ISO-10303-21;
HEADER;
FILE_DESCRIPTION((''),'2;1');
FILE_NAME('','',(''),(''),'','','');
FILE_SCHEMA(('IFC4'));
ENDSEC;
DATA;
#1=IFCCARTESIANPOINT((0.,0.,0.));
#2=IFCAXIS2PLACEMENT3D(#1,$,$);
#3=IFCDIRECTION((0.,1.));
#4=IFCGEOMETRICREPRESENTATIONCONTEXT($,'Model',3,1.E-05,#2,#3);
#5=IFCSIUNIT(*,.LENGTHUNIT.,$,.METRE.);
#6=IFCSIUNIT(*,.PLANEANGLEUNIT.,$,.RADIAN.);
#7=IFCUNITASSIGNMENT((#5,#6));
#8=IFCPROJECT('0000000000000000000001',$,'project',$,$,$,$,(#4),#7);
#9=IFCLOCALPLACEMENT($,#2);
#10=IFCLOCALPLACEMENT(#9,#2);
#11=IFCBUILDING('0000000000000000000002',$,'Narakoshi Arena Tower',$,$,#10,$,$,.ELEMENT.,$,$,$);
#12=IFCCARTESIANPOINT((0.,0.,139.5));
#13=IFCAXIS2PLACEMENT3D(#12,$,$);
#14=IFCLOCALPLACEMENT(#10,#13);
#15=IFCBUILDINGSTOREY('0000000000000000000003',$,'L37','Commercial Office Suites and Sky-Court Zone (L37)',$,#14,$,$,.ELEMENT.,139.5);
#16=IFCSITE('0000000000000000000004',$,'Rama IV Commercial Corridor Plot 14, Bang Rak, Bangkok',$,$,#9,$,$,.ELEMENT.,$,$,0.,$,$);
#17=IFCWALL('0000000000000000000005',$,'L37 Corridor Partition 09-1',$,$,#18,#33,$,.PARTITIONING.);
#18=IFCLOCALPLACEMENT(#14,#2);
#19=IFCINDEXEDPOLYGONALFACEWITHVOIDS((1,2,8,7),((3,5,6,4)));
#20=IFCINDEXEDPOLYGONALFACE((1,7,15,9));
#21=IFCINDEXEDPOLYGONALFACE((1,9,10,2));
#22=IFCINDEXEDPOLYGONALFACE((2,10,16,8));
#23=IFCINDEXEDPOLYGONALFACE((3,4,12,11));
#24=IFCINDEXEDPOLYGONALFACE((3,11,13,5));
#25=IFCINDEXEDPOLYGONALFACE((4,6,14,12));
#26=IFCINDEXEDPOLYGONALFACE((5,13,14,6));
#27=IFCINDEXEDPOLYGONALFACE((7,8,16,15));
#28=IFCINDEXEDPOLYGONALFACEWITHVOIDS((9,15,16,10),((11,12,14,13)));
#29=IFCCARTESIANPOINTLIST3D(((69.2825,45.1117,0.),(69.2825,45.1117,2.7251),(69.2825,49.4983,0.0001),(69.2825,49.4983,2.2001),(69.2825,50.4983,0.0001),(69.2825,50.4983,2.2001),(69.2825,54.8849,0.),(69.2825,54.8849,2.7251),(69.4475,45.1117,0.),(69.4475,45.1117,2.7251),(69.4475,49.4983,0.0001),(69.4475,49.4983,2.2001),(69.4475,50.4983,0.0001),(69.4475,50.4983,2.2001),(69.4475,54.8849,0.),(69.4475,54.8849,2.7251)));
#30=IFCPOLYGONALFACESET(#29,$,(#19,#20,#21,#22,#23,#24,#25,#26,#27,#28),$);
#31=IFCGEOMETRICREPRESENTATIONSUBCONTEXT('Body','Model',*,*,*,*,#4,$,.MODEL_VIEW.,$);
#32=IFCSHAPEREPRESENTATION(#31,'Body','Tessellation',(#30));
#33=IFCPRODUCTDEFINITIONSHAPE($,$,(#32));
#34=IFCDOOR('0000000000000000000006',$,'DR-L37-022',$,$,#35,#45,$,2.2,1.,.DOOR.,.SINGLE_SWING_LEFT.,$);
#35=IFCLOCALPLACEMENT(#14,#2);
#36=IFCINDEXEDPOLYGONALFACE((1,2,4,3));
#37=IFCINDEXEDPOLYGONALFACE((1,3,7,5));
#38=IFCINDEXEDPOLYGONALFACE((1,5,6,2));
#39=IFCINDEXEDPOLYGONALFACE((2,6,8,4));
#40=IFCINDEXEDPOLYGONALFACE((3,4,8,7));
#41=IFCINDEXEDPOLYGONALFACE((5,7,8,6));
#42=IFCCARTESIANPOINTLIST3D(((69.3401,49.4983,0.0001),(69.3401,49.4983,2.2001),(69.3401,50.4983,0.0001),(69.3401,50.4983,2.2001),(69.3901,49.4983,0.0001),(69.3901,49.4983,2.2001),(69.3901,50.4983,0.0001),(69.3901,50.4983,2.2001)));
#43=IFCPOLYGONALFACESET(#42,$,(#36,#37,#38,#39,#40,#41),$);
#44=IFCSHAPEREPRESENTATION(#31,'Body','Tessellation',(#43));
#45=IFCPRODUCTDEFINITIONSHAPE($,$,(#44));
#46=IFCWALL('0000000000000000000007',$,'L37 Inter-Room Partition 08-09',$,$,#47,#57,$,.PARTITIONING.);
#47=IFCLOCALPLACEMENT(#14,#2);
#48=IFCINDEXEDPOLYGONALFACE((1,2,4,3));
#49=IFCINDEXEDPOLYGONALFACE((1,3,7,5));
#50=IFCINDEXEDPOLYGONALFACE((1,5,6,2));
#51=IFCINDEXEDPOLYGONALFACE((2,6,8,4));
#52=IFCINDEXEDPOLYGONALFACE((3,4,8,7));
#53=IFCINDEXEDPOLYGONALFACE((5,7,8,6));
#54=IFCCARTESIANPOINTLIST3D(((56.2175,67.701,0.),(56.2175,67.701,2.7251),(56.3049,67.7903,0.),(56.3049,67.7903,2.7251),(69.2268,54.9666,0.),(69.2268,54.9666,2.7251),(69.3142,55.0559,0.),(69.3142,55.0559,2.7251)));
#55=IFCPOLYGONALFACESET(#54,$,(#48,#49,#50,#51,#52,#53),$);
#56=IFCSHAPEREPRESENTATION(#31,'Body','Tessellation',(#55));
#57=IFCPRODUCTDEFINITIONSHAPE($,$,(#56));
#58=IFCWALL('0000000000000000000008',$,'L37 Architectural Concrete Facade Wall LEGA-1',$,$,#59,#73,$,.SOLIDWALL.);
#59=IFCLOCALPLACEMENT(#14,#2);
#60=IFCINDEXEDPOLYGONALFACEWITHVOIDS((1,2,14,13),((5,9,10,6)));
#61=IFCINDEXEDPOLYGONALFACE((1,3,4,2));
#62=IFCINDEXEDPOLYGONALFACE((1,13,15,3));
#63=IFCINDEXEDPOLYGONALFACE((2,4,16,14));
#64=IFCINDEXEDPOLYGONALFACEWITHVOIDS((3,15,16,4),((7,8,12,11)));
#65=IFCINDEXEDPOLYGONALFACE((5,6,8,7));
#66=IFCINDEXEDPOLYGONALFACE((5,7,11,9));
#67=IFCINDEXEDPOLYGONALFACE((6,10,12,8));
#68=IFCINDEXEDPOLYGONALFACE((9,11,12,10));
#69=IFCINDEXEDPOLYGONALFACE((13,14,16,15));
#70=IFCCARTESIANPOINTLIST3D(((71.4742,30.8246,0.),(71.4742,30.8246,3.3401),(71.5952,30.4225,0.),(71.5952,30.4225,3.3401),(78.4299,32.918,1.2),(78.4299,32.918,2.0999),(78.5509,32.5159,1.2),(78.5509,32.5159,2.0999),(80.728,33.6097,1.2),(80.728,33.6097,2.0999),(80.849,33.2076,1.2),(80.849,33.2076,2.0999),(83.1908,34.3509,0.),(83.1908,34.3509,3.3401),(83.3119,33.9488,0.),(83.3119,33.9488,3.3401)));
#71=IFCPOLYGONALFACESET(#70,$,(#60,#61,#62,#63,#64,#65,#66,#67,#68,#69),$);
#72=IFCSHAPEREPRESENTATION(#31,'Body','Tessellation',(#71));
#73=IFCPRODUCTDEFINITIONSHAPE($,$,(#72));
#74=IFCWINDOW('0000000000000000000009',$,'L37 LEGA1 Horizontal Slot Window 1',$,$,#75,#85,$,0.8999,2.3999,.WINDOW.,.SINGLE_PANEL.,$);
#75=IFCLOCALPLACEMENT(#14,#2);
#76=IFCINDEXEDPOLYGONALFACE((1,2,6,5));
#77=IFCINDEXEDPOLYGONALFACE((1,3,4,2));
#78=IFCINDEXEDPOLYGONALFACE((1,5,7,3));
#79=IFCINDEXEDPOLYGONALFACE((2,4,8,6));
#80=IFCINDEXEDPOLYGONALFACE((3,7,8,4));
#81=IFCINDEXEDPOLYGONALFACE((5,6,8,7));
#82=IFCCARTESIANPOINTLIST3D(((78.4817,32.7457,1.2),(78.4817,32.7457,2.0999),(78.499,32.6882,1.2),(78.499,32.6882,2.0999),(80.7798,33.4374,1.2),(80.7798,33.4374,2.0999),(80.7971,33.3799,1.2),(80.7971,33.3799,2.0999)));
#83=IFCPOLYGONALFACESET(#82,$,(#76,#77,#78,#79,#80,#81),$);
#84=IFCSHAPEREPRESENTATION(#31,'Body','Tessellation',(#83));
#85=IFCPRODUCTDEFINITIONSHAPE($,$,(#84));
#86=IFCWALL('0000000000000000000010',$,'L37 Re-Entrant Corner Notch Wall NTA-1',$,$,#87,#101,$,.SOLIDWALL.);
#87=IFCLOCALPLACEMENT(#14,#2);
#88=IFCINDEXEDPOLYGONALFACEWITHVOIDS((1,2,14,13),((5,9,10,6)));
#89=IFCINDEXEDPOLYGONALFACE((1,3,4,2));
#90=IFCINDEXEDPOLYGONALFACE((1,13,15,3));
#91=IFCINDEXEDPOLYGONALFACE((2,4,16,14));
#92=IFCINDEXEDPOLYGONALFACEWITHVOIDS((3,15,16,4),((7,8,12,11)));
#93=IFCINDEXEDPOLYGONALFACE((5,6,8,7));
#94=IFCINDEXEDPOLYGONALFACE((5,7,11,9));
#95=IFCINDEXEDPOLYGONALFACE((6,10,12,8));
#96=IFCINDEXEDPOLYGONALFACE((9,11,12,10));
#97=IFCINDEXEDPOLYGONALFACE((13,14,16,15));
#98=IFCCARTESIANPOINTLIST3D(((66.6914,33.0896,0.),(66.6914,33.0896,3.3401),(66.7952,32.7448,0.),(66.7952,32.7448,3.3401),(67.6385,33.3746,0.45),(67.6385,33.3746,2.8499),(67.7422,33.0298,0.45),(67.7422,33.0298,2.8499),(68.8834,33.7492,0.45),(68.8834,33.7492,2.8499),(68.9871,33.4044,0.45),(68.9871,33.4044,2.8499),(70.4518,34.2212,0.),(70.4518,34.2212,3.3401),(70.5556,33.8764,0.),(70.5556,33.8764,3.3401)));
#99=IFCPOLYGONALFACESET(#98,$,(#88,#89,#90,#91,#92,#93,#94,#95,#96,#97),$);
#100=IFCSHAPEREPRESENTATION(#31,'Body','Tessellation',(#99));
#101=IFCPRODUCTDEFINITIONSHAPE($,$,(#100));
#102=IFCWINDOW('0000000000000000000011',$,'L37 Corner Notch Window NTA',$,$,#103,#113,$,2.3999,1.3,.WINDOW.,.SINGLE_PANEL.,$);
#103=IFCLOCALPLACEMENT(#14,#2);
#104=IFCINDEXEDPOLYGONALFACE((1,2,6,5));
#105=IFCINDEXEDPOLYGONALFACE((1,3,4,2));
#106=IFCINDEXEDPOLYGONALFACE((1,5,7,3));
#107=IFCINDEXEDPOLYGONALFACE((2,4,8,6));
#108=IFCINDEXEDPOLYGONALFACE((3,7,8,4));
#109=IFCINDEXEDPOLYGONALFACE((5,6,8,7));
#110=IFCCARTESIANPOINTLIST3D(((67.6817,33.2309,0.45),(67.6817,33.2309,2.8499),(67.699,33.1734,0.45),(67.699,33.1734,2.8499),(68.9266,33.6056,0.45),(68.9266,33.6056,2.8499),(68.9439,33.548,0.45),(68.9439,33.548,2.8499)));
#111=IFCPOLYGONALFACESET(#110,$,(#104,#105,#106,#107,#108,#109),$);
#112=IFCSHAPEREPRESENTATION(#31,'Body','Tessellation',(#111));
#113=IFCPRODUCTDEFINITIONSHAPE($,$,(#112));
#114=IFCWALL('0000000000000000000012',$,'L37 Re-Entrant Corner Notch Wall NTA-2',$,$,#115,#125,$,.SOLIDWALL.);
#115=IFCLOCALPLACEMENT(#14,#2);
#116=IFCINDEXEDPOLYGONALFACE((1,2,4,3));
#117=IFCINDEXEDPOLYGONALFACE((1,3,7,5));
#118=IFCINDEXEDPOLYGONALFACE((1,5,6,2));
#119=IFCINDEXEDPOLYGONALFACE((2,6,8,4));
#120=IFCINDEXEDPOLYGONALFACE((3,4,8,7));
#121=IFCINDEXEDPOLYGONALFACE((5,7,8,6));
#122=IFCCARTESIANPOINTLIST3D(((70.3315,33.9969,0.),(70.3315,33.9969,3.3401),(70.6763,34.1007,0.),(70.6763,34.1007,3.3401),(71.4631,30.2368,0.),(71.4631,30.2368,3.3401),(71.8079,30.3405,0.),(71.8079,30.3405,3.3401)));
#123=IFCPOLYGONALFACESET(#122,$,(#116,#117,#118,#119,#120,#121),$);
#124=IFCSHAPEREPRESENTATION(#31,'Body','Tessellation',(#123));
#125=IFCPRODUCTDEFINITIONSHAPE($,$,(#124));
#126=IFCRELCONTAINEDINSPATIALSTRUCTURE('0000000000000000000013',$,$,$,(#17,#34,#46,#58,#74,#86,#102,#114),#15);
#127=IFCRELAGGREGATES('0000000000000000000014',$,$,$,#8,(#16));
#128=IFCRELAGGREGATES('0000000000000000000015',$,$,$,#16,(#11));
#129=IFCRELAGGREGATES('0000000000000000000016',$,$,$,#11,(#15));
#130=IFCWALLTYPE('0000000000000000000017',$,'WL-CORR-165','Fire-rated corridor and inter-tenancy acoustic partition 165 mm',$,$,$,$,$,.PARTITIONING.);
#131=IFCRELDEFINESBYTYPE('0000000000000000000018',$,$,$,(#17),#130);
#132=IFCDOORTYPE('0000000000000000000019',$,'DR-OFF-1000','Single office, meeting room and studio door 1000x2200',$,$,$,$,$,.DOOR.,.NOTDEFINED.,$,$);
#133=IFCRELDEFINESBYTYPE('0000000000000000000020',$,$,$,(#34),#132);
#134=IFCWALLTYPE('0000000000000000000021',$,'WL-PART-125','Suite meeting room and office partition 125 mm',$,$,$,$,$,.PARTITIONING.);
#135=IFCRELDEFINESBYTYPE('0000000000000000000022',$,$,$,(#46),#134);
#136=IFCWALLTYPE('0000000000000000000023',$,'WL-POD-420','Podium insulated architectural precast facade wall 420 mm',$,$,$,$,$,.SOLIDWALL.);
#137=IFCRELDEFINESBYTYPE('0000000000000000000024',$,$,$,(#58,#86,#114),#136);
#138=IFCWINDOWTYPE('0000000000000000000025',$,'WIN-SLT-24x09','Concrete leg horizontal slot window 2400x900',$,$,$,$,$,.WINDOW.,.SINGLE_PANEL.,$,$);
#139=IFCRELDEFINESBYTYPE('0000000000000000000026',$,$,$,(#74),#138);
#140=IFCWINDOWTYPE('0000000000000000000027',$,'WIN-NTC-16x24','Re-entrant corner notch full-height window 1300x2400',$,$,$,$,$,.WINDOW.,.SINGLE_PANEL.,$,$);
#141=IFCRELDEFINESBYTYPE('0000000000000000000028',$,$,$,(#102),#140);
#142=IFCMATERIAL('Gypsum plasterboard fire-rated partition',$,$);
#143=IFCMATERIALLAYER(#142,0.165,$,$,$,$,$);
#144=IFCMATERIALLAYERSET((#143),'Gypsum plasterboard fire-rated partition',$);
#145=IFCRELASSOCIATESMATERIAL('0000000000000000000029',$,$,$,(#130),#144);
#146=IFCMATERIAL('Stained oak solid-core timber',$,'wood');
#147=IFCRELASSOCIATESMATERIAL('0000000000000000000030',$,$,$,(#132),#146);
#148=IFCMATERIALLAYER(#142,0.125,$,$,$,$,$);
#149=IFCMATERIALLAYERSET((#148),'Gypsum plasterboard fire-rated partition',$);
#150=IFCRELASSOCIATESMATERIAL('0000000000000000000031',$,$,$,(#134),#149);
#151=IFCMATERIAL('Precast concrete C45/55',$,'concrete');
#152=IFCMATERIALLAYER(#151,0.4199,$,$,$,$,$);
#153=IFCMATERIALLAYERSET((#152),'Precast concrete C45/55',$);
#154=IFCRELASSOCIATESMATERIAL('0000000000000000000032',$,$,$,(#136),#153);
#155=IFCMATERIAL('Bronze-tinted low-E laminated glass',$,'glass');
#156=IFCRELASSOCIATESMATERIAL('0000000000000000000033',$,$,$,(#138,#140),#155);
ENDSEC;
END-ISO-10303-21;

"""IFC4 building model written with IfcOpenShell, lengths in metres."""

from ifc_helpers import new_model, si_unit, direction, frame, frame_2d, origin, place, context, subcontext, project, spatial, rectangle, extrude, material, layer, layer_set, type_object, element, fill, save


model = new_model("IFC4")

# Units and contexts
model_context = context("Model", 3, precision=1e-05, world=origin(), true_north=direction((0.0, 1.0)))
body_context = subcontext(model_context, "Body", "Model", "MODEL_VIEW")
ifc_project = project(units=[si_unit("LENGTHUNIT", "METRE"), si_unit("PLANEANGLEUNIT", "RADIAN")], contexts=[model_context])

# Site, building, storey
site_placement = place(None, origin())
site = spatial("IfcSite", under=ifc_project, at=site_placement, Name="Rama IV Commercial Corridor Plot 14, Bang Rak, Bangkok", CompositionType="ELEMENT", RefElevation=0.0)
building_placement = place(site_placement, origin())
building = spatial("IfcBuilding", under=site, at=building_placement, Name="Narakoshi Arena Tower", CompositionType="ELEMENT")
storey_placement = place(building_placement, frame((0.0, 0.0, 139.5)))
storey = spatial("IfcBuildingStorey", under=building, at=storey_placement, Name="L37", Description="Commercial Office Suites and Sky-Court Zone (L37)", CompositionType="ELEMENT", Elevation=139.5)

# Wall, opening, door
ifc_material_1 = material(Name="Gypsum plasterboard fire-rated partition")
ifc_layer_1 = layer(ifc_material_1, 0.165)
ifc_layer_set_1 = layer_set([ifc_layer_1], Name="Gypsum plasterboard fire-rated partition")
wall_type_1 = type_object("IfcWallType", Name="WL-CORR-165", Description="Fire-rated corridor and inter-tenancy acoustic partition 165 mm", PredefinedType="PARTITIONING", material=ifc_layer_set_1)
ifc_material_2 = material(Name="Stained oak solid-core timber", Category="wood")
door_type = type_object("IfcDoorType", Name="DR-OFF-1000", Description="Single office, meeting room and studio door 1000x2200", OperationType="NOTDEFINED", PredefinedType="DOOR", material=ifc_material_2)
wall_1_placement = place(storey_placement, frame((69.365, 54.885, 0.0), z_axis=(0.0, 0.0, 1.0), x_axis=(0.0, -1.0, 0.0)))
wall_1 = element("IfcWall", 1, at=wall_1_placement, inside=storey, type_object=wall_type_1, Name="L37 Corridor Partition 09-1", PredefinedType="PARTITIONING", context=body_context, shape_type="SweptSolid", body=[
    extrude(rectangle(XDim=9.7732, YDim=0.165, at=frame_2d((4.8867, 0.0))), origin(), (0.0, 0.0, 1.0), 2.7251),
])
opening_1_placement = place(wall_1_placement, frame((4.3867, 0.0, 0.0)))
opening_1 = element("IfcOpeningElement", 2, at=opening_1_placement, cuts=wall_1, PredefinedType="OPENING", context=body_context, shape_type="SweptSolid", body=[
    extrude(rectangle(XDim=1.0, YDim=2.2, at=frame_2d((0.5, 1.1001))), frame((0.0, 0.0925, 0.0), z_axis=(0.0, -1.0, 0.0), x_axis=(1.0, 0.0, 0.0)), (0.0, 0.0, 1.0), 0.1851),
])
door_1_placement = place(opening_1_placement, frame((1.0, 0.0, 0.0), z_axis=(0.0, 0.0, 1.0), x_axis=(-1.0, 0.0, 0.0)))
door_1 = element("IfcDoor", 3, at=door_1_placement, inside=storey, type_object=door_type, Name="DR-L37-022", OperationType="SINGLE_SWING_LEFT", OverallHeight=2.2, OverallWidth=1.0, PredefinedType="DOOR", context=body_context, shape_type="SweptSolid", body=[
    extrude(rectangle(XDim=1.0, YDim=2.2, at=frame_2d((0.5, 1.1001))), frame((0.0, 0.0249, 0.0), z_axis=(0.0, -1.0, 0.0), x_axis=(1.0, 0.0, 0.0)), (0.0, 0.0, 1.0), 0.05),
])
fill(opening_1, door_1)

# Wall
ifc_layer_2 = layer(ifc_material_1, 0.125)
ifc_layer_set_2 = layer_set([ifc_layer_2], Name="Gypsum plasterboard fire-rated partition")
wall_type_2 = type_object("IfcWallType", Name="WL-PART-125", Description="Suite meeting room and office partition 125 mm", PredefinedType="PARTITIONING", material=ifc_layer_set_2)
wall_2_placement = place(storey_placement, frame((69.2705, 55.0112, 0.0), z_axis=(0.0, 0.0, 1.0), x_axis=(-0.714617, 0.699516, 0.0)))
element("IfcWall", 4, at=wall_2_placement, inside=storey, type_object=wall_type_2, Name="L37 Inter-Room Partition 08-09", PredefinedType="PARTITIONING", context=body_context, shape_type="SweptSolid", body=[
    extrude(rectangle(XDim=18.2046, YDim=0.125, at=frame_2d((9.1023, 0.0))), origin(), (0.0, 0.0, 1.0), 2.7251),
])

# Walls, openings, windows
ifc_material_3 = material(Name="Precast concrete C45/55", Category="concrete")
ifc_layer_3 = layer(ifc_material_3, 0.4199)
ifc_layer_set_3 = layer_set([ifc_layer_3], Name="Precast concrete C45/55")
wall_type_3 = type_object("IfcWallType", Name="WL-POD-420", Description="Podium insulated architectural precast facade wall 420 mm", PredefinedType="SOLIDWALL", material=ifc_layer_set_3)
wall_3_placement = place(storey_placement, frame((71.5347, 30.6235, 0.0), z_axis=(0.0, 0.0, 1.0), x_axis=(0.957571, 0.288197, 0.0)))
wall_3 = element("IfcWall", 5, at=wall_3_placement, inside=storey, type_object=wall_type_3, Name="L37 Architectural Concrete Facade Wall LEGA-1", PredefinedType="SOLIDWALL", context=body_context, shape_type="SweptSolid", body=[
    extrude(rectangle(XDim=12.2358, YDim=0.4199, at=frame_2d((6.1179, 0.0))), origin(), (0.0, 0.0, 1.0), 3.3401),
])
opening_2_placement = place(wall_3_placement, frame((7.2639, 0.0, 1.2)))
opening_2 = element("IfcOpeningElement", 6, at=opening_2_placement, cuts=wall_3, PredefinedType="OPENING", context=body_context, shape_type="SweptSolid", body=[
    extrude(rectangle(XDim=2.3999, YDim=0.8999, at=frame_2d((1.2, 0.45))), frame((0.0, 0.22, 0.0), z_axis=(0.0, -1.0, 0.0), x_axis=(1.0, 0.0, 0.0)), (0.0, 0.0, 1.0), 0.4399),
])
ifc_material_4 = material(Name="Bronze-tinted low-E laminated glass", Category="glass")
window_type_1 = type_object("IfcWindowType", Name="WIN-SLT-24x09", Description="Concrete leg horizontal slot window 2400x900", PartitioningType="SINGLE_PANEL", PredefinedType="WINDOW", material=ifc_material_4)
window_1_placement = place(opening_2_placement, origin())
window_1 = element("IfcWindow", 7, at=window_1_placement, inside=storey, type_object=window_type_1, Name="L37 LEGA1 Horizontal Slot Window 1", OverallHeight=0.8999, OverallWidth=2.3999, PartitioningType="SINGLE_PANEL", PredefinedType="WINDOW", context=body_context, shape_type="SweptSolid", body=[
    extrude(rectangle(XDim=2.3999, YDim=0.8999, at=frame_2d((1.2, 0.45))), frame((0.0, 0.03, 0.0), z_axis=(0.0, -1.0, 0.0), x_axis=(1.0, 0.0, 0.0)), (0.0, 0.0, 1.0), 0.0601),
])
fill(opening_2, window_1)
wall_4_placement = place(storey_placement, frame((66.7434, 32.9172, 0.0), z_axis=(0.0, 0.0, 1.0), x_axis=(0.957585, 0.288152, 0.0)))
wall_4 = element("IfcWall", 8, at=wall_4_placement, inside=storey, type_object=wall_type_3, Name="L37 Re-Entrant Corner Notch Wall NTA-1", PredefinedType="SOLIDWALL", context=body_context, shape_type="SweptSolid", body=[
    extrude(rectangle(XDim=3.927, YDim=0.3601, at=frame_2d((1.9634, 0.0))), origin(), (0.0, 0.0, 1.0), 3.3401),
])
opening_3_placement = place(wall_4_placement, frame((0.989, 0.0, 0.45)))
opening_3 = element("IfcOpeningElement", 9, at=opening_3_placement, cuts=wall_4, PredefinedType="OPENING", context=body_context, shape_type="SweptSolid", body=[
    extrude(rectangle(XDim=1.3, YDim=2.3999, at=frame_2d((0.6499, 1.2))), frame((0.0, 0.1899, 0.0), z_axis=(0.0, -1.0, 0.0), x_axis=(1.0, 0.0, 0.0)), (0.0, 0.0, 1.0), 0.3801),
])
window_type_2 = type_object("IfcWindowType", Name="WIN-NTC-16x24", Description="Re-entrant corner notch full-height window 1300x2400", PartitioningType="SINGLE_PANEL", PredefinedType="WINDOW", material=ifc_material_4)
window_2_placement = place(opening_3_placement, origin())
window_2 = element("IfcWindow", 10, at=window_2_placement, inside=storey, type_object=window_type_2, Name="L37 Corner Notch Window NTA", OverallHeight=2.3999, OverallWidth=1.3, PartitioningType="SINGLE_PANEL", PredefinedType="WINDOW", context=body_context, shape_type="SweptSolid", body=[
    extrude(rectangle(XDim=1.3, YDim=2.3999, at=frame_2d((0.6499, 1.2))), frame((0.0, 0.03, 0.0), z_axis=(0.0, -1.0, 0.0), x_axis=(1.0, 0.0, 0.0)), (0.0, 0.0, 1.0), 0.0601),
])
fill(opening_3, window_2)

# Wall
wall_5_placement = place(storey_placement, frame((70.5039, 34.0488, 0.0), z_axis=(0.0, 0.0, 1.0), x_axis=(0.288169, -0.95758, 0.0)))
element("IfcWall", 11, at=wall_5_placement, inside=storey, type_object=wall_type_3, Name="L37 Re-Entrant Corner Notch Wall NTA-2", PredefinedType="SOLIDWALL", context=body_context, shape_type="SweptSolid", body=[
    extrude(rectangle(XDim=3.9268, YDim=0.3601, at=frame_2d((1.9634, 0.0))), origin(), (0.0, 0.0, 1.0), 3.3401),
])

save(model, "model.ifc")
